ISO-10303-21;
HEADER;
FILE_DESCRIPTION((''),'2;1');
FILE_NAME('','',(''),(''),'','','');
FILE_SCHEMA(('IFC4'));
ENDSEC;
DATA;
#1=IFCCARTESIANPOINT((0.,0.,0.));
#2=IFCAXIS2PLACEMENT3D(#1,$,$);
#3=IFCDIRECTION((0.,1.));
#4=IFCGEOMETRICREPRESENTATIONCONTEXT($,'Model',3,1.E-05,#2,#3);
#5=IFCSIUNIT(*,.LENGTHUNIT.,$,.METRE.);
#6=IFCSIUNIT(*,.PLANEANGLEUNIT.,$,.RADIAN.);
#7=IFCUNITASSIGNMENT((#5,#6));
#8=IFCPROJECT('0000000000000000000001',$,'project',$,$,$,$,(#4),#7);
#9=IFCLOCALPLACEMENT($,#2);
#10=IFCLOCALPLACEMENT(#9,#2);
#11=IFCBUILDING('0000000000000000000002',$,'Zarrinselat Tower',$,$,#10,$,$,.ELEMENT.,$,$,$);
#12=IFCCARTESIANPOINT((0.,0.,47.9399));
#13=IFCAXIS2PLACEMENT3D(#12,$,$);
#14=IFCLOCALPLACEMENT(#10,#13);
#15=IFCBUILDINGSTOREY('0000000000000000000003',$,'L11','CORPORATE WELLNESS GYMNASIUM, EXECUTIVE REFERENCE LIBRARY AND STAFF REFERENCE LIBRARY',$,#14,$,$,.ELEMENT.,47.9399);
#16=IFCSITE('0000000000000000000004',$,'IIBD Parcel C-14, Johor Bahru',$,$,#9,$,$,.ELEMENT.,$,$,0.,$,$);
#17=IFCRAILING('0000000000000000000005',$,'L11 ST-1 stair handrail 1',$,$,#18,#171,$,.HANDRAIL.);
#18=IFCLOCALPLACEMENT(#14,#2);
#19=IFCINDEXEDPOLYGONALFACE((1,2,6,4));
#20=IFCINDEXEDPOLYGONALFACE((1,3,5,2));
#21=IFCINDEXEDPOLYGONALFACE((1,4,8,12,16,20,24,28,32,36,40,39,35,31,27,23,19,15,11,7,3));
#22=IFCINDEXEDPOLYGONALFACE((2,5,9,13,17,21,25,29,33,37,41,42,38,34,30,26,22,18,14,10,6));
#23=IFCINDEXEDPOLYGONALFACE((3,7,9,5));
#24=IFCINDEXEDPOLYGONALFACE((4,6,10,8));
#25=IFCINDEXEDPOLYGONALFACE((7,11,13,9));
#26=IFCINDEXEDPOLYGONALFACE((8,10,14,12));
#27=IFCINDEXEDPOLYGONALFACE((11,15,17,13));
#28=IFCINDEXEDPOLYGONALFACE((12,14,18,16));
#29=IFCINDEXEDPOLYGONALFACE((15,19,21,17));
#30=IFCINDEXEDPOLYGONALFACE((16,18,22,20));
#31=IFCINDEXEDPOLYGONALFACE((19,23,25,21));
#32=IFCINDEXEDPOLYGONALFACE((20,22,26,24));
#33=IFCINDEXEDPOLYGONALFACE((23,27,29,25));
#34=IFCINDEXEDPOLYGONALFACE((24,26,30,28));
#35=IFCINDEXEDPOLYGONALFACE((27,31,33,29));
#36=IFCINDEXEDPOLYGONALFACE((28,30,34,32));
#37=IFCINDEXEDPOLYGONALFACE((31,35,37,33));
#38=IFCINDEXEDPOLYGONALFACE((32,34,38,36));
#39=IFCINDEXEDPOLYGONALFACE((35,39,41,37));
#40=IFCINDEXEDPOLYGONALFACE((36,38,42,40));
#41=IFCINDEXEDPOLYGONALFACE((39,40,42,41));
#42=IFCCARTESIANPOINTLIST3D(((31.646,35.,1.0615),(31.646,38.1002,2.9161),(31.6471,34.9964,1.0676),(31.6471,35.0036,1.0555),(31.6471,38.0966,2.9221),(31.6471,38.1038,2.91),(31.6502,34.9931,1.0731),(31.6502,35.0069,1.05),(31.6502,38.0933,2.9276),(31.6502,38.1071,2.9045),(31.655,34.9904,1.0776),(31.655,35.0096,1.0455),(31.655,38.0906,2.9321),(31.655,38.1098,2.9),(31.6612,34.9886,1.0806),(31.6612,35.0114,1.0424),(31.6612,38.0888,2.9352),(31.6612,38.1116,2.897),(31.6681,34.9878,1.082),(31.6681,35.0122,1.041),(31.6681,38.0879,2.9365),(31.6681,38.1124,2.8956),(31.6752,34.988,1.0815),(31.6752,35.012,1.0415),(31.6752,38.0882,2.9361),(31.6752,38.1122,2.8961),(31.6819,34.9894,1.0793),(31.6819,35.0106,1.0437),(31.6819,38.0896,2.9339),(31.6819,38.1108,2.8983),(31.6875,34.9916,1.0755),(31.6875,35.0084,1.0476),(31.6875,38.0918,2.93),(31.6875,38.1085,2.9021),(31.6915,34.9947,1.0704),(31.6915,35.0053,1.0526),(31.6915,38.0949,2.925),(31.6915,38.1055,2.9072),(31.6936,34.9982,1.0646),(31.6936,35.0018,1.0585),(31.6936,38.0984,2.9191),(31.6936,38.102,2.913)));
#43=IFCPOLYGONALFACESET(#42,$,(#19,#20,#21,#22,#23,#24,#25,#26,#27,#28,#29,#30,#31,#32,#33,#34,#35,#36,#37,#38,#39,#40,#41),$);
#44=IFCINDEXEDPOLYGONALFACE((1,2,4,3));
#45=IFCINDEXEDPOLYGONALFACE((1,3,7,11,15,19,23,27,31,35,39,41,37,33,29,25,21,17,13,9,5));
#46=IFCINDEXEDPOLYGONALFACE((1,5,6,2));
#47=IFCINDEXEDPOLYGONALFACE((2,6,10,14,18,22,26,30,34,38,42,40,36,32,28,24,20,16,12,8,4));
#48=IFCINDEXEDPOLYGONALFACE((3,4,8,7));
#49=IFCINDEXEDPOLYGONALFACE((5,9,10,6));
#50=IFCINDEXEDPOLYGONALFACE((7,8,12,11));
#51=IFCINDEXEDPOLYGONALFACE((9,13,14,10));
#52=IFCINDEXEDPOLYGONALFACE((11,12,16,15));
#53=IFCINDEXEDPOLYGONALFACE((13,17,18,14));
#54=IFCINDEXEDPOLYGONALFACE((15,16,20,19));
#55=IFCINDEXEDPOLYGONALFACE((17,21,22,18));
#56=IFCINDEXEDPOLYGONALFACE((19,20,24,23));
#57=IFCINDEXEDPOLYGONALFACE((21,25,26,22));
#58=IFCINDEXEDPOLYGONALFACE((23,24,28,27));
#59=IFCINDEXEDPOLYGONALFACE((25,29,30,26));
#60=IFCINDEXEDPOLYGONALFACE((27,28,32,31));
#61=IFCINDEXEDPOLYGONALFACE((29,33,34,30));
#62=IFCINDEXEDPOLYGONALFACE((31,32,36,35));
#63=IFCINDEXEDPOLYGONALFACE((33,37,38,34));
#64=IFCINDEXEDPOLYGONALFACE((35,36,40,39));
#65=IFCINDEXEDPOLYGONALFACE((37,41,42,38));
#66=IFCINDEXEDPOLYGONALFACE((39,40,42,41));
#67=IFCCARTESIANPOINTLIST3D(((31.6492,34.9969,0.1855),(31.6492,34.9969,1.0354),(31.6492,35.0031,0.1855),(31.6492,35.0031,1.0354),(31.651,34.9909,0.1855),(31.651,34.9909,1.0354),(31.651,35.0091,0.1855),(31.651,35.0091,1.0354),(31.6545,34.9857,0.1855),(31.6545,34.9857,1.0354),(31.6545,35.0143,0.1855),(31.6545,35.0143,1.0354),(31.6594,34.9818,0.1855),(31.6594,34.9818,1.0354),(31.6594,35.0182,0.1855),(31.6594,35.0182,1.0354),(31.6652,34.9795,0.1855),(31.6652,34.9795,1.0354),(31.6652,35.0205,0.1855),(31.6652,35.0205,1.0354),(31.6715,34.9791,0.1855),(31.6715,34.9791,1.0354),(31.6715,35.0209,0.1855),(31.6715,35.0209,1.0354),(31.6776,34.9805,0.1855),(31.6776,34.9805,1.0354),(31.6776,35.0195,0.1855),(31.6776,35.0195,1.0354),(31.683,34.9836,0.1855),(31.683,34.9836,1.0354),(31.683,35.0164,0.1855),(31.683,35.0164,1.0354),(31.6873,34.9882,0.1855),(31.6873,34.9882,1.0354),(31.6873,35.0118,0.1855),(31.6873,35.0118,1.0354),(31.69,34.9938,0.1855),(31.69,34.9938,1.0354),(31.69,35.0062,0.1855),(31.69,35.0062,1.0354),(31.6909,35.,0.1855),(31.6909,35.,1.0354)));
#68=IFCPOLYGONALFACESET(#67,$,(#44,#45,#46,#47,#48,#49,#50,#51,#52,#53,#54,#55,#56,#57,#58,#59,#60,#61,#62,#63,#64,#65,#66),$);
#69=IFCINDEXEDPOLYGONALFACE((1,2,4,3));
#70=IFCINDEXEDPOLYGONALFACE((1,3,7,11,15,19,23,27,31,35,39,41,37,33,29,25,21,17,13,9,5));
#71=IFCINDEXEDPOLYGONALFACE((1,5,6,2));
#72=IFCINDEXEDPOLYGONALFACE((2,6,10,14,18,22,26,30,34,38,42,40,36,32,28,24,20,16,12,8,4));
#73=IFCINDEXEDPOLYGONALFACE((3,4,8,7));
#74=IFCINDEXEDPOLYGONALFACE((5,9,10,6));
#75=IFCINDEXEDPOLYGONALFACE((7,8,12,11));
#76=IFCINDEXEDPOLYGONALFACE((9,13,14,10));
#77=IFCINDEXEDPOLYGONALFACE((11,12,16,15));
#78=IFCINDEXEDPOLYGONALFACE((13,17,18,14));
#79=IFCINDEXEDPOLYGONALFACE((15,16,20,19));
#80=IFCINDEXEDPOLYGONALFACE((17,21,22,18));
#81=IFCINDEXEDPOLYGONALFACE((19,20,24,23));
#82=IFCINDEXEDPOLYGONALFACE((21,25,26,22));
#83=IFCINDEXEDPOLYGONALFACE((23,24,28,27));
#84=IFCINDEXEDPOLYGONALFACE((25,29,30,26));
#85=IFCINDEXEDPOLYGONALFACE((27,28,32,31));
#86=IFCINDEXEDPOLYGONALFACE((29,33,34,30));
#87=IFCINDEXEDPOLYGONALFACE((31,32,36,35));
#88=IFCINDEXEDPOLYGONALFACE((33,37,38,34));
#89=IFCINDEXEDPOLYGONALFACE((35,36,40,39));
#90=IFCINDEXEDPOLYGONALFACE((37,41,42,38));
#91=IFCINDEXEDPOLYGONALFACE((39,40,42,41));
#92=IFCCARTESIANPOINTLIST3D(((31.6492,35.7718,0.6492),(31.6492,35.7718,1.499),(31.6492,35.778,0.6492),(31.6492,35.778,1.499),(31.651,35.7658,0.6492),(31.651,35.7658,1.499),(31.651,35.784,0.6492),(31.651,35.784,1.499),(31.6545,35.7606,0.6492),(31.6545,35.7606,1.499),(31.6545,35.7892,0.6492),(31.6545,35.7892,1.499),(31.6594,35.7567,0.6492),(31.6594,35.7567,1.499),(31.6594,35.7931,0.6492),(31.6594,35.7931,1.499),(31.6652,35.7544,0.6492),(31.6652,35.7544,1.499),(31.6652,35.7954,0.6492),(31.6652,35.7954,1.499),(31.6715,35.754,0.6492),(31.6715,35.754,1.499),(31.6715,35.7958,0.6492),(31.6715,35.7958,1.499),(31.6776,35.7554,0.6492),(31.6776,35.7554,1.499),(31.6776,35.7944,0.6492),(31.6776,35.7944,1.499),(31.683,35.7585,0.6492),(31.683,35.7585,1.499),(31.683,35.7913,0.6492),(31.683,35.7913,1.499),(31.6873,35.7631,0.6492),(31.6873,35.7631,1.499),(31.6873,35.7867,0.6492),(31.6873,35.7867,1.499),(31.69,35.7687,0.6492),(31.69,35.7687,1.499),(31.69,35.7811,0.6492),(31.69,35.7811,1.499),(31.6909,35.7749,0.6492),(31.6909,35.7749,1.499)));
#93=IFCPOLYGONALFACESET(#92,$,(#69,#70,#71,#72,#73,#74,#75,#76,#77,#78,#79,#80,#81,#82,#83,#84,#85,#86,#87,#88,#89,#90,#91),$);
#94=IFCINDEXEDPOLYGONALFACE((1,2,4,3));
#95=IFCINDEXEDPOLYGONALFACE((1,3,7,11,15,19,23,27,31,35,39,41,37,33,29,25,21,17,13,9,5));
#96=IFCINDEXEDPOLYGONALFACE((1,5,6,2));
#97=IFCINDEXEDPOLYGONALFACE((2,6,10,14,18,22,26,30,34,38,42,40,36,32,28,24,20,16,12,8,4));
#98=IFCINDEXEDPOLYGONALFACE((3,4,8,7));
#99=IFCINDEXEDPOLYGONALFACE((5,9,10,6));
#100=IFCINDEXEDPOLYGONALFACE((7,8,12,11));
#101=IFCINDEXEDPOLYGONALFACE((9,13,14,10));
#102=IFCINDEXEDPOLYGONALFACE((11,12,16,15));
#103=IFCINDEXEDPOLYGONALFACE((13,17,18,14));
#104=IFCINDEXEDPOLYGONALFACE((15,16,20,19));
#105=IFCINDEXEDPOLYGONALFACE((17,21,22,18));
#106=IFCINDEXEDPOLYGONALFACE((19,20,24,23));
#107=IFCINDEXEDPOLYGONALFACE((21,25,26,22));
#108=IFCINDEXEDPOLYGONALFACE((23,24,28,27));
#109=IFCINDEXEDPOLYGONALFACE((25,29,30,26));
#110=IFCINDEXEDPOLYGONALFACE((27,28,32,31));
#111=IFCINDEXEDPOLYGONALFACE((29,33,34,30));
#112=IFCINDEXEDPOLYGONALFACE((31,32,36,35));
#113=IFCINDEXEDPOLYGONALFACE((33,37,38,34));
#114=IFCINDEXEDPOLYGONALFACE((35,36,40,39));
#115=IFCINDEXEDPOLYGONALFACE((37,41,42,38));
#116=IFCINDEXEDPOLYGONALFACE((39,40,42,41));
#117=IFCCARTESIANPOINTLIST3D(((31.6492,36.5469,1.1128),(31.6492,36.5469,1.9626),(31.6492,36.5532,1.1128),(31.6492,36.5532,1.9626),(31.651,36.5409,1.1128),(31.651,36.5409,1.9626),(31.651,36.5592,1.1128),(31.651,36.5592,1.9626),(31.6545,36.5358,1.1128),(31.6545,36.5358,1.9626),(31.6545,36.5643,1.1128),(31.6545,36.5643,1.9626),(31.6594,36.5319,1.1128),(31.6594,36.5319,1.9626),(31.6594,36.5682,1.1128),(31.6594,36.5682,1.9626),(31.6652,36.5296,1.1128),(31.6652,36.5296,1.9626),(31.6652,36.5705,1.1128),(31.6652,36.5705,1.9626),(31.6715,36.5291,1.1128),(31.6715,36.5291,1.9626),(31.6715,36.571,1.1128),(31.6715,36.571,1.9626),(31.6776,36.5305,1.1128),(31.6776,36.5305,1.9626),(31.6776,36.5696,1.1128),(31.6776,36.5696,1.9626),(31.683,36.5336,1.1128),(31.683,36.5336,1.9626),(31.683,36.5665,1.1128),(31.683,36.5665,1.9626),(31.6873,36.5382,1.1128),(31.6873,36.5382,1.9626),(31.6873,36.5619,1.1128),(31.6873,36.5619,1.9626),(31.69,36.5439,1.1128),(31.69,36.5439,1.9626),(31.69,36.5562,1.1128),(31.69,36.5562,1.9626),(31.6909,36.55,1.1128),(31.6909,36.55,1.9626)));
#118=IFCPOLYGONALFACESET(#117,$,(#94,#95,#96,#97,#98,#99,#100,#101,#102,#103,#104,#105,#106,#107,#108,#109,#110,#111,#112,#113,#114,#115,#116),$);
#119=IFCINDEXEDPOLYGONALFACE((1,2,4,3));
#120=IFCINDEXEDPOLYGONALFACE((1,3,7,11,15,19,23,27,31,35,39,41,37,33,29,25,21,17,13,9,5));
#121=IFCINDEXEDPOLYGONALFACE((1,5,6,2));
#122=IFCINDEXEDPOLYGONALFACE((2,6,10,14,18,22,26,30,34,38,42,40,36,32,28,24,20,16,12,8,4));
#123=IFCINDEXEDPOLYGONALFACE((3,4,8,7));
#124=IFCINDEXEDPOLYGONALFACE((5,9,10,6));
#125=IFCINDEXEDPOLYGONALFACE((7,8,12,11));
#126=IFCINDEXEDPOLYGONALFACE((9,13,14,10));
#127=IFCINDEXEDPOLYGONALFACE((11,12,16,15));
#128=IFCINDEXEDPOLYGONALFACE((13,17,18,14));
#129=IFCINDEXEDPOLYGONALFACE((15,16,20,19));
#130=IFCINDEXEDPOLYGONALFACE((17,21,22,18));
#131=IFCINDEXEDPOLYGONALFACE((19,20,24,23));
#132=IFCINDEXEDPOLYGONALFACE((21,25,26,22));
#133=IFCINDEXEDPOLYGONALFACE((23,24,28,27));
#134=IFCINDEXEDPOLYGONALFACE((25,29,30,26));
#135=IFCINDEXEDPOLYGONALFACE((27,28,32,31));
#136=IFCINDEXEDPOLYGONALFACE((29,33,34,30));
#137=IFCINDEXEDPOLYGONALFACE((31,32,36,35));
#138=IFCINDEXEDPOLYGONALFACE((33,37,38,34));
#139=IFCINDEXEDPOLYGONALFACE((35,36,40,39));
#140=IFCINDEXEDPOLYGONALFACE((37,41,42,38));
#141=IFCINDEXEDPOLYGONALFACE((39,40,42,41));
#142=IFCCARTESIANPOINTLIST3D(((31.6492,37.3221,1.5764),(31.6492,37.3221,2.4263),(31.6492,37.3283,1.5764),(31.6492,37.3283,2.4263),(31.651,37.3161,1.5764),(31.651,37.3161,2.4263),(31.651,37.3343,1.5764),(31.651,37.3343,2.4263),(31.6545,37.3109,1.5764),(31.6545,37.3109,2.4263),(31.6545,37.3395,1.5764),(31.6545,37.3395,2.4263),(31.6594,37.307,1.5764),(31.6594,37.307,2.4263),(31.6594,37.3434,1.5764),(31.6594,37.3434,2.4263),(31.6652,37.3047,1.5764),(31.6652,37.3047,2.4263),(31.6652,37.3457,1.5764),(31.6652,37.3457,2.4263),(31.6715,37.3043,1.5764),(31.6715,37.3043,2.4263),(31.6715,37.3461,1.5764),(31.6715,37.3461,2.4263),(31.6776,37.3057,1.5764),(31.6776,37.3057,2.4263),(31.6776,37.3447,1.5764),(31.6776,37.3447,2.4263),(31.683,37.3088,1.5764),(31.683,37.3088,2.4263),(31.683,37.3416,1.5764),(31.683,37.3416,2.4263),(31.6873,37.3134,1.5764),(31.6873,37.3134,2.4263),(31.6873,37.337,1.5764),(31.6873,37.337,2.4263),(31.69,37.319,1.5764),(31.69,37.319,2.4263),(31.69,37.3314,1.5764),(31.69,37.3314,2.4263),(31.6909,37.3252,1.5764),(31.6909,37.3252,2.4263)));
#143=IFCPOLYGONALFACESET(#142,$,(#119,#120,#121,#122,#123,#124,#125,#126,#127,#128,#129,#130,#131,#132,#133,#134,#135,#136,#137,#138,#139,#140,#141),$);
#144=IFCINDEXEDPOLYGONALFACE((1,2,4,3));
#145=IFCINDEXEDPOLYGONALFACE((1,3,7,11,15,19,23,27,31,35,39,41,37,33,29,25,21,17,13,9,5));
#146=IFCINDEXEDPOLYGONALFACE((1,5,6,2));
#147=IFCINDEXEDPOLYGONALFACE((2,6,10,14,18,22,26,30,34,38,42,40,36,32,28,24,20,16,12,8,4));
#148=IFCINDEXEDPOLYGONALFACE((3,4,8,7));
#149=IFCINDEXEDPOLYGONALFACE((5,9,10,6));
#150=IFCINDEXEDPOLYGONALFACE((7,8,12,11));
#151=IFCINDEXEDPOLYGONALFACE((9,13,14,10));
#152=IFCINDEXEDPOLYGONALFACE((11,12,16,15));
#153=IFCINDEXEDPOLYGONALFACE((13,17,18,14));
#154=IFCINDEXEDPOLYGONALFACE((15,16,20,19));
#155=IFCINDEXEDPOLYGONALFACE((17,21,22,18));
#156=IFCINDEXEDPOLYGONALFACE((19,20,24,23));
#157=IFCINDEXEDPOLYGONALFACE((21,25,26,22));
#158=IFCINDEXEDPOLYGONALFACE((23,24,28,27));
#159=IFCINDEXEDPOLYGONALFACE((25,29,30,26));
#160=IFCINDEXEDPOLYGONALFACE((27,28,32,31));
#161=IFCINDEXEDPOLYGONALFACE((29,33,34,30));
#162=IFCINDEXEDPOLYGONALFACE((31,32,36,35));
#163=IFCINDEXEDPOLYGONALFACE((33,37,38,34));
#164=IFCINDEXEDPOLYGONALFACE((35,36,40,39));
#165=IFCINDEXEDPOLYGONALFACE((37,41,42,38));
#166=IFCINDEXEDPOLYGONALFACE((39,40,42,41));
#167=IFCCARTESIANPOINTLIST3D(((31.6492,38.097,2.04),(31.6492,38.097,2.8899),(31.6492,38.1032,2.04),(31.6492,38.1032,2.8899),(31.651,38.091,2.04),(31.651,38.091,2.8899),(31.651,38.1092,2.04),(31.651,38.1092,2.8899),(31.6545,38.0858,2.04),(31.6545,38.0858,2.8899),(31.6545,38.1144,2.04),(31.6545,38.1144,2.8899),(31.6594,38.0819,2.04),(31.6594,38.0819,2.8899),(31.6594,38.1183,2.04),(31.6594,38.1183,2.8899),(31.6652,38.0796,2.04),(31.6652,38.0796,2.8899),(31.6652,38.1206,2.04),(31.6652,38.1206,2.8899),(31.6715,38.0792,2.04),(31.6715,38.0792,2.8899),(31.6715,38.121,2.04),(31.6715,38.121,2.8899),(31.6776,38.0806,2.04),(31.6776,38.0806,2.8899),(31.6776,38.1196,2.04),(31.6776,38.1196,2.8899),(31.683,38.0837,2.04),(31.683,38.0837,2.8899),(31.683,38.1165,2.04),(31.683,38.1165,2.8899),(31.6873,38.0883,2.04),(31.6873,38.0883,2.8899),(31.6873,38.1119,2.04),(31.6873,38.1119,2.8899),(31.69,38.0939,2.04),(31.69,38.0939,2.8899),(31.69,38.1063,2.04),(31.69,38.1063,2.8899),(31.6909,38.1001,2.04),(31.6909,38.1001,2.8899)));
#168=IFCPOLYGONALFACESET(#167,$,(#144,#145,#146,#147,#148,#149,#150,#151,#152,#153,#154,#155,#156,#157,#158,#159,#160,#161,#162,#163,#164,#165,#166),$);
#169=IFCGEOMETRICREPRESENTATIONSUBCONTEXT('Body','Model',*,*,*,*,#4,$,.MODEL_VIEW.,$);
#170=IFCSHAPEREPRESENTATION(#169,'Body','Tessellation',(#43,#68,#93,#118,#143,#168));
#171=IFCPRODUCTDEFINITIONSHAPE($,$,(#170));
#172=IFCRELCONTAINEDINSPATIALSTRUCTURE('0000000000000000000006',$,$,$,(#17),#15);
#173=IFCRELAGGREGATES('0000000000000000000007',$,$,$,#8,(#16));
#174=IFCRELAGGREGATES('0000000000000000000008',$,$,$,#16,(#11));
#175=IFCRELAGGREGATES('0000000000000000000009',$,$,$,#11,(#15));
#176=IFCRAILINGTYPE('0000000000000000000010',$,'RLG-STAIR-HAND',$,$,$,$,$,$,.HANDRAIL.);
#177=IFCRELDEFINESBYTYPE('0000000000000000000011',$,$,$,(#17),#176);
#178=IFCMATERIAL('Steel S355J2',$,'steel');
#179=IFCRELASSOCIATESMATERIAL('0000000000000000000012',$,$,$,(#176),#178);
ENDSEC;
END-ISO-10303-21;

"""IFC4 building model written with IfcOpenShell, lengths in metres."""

from ifc_helpers import new_model, si_unit, direction, frame, origin, origin_2d, place, context, subcontext, project, spatial, circle, extrude, material, type_object, element, save


model = new_model("IFC4")

# Units and contexts
model_context = context("Model", 3, precision=1e-05, world=origin(), true_north=direction((0.0, 1.0)))
body_context = subcontext(model_context, "Body", "Model", "MODEL_VIEW")
ifc_project = project(units=[si_unit("LENGTHUNIT", "METRE"), si_unit("PLANEANGLEUNIT", "RADIAN")], contexts=[model_context])

# Site, building, storey
site_placement = place(None, origin())
site = spatial("IfcSite", under=ifc_project, at=site_placement, Name="IIBD Parcel C-14, Johor Bahru", CompositionType="ELEMENT", RefElevation=0.0)
building_placement = place(site_placement, origin())
building = spatial("IfcBuilding", under=site, at=building_placement, Name="Zarrinselat Tower", CompositionType="ELEMENT")
storey_placement = place(building_placement, frame((0.0, 0.0, 47.9399)))
storey = spatial("IfcBuildingStorey", under=building, at=storey_placement, Name="L11", Description="CORPORATE WELLNESS GYMNASIUM, EXECUTIVE REFERENCE LIBRARY AND STAFF REFERENCE LIBRARY", CompositionType="ELEMENT", Elevation=47.9399)

# Railing
ifc_material_1 = material(Name="Steel S355J2", Category="steel")
railing_type_1 = type_object("IfcRailingType", Name="RLG-STAIR-HAND", PredefinedType="HANDRAIL", material=ifc_material_1)
railing_1_placement = place(storey_placement, frame((31.6699, 35.0, 0.1855)))
element("IfcRailing", 1, at=railing_1_placement, inside=storey, type_object=railing_type_1, Name="L11 ST-1 stair handrail 1", PredefinedType="HANDRAIL", context=body_context, shape_type="SweptSolid", body=[
    extrude(circle(Radius=0.0239, at=origin_2d()), frame((0.0, 0.0, 0.876), z_axis=(0.0, 0.858172, 0.513362), x_axis=(-1.0, 0.0, 0.0)), (0.0, 0.0, 1.0), 3.6125),
    extrude(circle(Radius=0.021, at=origin_2d()), origin(), (0.0, 0.0, 1.0), 0.8499),
    extrude(circle(Radius=0.021, at=origin_2d()), frame((0.0, 0.7749, 0.4636)), (0.0, 0.0, 1.0), 0.8499),
    extrude(circle(Radius=0.021, at=origin_2d()), frame((0.0, 1.55, 0.9272)), (0.0, 0.0, 1.0), 0.8499),
    extrude(circle(Radius=0.021, at=origin_2d()), frame((0.0, 2.3252, 1.3909)), (0.0, 0.0, 1.0), 0.8499),
    extrude(circle(Radius=0.021, at=origin_2d()), frame((0.0, 3.1001, 1.8545)), (0.0, 0.0, 1.0), 0.8499),
])

save(model, "model.ifc")
